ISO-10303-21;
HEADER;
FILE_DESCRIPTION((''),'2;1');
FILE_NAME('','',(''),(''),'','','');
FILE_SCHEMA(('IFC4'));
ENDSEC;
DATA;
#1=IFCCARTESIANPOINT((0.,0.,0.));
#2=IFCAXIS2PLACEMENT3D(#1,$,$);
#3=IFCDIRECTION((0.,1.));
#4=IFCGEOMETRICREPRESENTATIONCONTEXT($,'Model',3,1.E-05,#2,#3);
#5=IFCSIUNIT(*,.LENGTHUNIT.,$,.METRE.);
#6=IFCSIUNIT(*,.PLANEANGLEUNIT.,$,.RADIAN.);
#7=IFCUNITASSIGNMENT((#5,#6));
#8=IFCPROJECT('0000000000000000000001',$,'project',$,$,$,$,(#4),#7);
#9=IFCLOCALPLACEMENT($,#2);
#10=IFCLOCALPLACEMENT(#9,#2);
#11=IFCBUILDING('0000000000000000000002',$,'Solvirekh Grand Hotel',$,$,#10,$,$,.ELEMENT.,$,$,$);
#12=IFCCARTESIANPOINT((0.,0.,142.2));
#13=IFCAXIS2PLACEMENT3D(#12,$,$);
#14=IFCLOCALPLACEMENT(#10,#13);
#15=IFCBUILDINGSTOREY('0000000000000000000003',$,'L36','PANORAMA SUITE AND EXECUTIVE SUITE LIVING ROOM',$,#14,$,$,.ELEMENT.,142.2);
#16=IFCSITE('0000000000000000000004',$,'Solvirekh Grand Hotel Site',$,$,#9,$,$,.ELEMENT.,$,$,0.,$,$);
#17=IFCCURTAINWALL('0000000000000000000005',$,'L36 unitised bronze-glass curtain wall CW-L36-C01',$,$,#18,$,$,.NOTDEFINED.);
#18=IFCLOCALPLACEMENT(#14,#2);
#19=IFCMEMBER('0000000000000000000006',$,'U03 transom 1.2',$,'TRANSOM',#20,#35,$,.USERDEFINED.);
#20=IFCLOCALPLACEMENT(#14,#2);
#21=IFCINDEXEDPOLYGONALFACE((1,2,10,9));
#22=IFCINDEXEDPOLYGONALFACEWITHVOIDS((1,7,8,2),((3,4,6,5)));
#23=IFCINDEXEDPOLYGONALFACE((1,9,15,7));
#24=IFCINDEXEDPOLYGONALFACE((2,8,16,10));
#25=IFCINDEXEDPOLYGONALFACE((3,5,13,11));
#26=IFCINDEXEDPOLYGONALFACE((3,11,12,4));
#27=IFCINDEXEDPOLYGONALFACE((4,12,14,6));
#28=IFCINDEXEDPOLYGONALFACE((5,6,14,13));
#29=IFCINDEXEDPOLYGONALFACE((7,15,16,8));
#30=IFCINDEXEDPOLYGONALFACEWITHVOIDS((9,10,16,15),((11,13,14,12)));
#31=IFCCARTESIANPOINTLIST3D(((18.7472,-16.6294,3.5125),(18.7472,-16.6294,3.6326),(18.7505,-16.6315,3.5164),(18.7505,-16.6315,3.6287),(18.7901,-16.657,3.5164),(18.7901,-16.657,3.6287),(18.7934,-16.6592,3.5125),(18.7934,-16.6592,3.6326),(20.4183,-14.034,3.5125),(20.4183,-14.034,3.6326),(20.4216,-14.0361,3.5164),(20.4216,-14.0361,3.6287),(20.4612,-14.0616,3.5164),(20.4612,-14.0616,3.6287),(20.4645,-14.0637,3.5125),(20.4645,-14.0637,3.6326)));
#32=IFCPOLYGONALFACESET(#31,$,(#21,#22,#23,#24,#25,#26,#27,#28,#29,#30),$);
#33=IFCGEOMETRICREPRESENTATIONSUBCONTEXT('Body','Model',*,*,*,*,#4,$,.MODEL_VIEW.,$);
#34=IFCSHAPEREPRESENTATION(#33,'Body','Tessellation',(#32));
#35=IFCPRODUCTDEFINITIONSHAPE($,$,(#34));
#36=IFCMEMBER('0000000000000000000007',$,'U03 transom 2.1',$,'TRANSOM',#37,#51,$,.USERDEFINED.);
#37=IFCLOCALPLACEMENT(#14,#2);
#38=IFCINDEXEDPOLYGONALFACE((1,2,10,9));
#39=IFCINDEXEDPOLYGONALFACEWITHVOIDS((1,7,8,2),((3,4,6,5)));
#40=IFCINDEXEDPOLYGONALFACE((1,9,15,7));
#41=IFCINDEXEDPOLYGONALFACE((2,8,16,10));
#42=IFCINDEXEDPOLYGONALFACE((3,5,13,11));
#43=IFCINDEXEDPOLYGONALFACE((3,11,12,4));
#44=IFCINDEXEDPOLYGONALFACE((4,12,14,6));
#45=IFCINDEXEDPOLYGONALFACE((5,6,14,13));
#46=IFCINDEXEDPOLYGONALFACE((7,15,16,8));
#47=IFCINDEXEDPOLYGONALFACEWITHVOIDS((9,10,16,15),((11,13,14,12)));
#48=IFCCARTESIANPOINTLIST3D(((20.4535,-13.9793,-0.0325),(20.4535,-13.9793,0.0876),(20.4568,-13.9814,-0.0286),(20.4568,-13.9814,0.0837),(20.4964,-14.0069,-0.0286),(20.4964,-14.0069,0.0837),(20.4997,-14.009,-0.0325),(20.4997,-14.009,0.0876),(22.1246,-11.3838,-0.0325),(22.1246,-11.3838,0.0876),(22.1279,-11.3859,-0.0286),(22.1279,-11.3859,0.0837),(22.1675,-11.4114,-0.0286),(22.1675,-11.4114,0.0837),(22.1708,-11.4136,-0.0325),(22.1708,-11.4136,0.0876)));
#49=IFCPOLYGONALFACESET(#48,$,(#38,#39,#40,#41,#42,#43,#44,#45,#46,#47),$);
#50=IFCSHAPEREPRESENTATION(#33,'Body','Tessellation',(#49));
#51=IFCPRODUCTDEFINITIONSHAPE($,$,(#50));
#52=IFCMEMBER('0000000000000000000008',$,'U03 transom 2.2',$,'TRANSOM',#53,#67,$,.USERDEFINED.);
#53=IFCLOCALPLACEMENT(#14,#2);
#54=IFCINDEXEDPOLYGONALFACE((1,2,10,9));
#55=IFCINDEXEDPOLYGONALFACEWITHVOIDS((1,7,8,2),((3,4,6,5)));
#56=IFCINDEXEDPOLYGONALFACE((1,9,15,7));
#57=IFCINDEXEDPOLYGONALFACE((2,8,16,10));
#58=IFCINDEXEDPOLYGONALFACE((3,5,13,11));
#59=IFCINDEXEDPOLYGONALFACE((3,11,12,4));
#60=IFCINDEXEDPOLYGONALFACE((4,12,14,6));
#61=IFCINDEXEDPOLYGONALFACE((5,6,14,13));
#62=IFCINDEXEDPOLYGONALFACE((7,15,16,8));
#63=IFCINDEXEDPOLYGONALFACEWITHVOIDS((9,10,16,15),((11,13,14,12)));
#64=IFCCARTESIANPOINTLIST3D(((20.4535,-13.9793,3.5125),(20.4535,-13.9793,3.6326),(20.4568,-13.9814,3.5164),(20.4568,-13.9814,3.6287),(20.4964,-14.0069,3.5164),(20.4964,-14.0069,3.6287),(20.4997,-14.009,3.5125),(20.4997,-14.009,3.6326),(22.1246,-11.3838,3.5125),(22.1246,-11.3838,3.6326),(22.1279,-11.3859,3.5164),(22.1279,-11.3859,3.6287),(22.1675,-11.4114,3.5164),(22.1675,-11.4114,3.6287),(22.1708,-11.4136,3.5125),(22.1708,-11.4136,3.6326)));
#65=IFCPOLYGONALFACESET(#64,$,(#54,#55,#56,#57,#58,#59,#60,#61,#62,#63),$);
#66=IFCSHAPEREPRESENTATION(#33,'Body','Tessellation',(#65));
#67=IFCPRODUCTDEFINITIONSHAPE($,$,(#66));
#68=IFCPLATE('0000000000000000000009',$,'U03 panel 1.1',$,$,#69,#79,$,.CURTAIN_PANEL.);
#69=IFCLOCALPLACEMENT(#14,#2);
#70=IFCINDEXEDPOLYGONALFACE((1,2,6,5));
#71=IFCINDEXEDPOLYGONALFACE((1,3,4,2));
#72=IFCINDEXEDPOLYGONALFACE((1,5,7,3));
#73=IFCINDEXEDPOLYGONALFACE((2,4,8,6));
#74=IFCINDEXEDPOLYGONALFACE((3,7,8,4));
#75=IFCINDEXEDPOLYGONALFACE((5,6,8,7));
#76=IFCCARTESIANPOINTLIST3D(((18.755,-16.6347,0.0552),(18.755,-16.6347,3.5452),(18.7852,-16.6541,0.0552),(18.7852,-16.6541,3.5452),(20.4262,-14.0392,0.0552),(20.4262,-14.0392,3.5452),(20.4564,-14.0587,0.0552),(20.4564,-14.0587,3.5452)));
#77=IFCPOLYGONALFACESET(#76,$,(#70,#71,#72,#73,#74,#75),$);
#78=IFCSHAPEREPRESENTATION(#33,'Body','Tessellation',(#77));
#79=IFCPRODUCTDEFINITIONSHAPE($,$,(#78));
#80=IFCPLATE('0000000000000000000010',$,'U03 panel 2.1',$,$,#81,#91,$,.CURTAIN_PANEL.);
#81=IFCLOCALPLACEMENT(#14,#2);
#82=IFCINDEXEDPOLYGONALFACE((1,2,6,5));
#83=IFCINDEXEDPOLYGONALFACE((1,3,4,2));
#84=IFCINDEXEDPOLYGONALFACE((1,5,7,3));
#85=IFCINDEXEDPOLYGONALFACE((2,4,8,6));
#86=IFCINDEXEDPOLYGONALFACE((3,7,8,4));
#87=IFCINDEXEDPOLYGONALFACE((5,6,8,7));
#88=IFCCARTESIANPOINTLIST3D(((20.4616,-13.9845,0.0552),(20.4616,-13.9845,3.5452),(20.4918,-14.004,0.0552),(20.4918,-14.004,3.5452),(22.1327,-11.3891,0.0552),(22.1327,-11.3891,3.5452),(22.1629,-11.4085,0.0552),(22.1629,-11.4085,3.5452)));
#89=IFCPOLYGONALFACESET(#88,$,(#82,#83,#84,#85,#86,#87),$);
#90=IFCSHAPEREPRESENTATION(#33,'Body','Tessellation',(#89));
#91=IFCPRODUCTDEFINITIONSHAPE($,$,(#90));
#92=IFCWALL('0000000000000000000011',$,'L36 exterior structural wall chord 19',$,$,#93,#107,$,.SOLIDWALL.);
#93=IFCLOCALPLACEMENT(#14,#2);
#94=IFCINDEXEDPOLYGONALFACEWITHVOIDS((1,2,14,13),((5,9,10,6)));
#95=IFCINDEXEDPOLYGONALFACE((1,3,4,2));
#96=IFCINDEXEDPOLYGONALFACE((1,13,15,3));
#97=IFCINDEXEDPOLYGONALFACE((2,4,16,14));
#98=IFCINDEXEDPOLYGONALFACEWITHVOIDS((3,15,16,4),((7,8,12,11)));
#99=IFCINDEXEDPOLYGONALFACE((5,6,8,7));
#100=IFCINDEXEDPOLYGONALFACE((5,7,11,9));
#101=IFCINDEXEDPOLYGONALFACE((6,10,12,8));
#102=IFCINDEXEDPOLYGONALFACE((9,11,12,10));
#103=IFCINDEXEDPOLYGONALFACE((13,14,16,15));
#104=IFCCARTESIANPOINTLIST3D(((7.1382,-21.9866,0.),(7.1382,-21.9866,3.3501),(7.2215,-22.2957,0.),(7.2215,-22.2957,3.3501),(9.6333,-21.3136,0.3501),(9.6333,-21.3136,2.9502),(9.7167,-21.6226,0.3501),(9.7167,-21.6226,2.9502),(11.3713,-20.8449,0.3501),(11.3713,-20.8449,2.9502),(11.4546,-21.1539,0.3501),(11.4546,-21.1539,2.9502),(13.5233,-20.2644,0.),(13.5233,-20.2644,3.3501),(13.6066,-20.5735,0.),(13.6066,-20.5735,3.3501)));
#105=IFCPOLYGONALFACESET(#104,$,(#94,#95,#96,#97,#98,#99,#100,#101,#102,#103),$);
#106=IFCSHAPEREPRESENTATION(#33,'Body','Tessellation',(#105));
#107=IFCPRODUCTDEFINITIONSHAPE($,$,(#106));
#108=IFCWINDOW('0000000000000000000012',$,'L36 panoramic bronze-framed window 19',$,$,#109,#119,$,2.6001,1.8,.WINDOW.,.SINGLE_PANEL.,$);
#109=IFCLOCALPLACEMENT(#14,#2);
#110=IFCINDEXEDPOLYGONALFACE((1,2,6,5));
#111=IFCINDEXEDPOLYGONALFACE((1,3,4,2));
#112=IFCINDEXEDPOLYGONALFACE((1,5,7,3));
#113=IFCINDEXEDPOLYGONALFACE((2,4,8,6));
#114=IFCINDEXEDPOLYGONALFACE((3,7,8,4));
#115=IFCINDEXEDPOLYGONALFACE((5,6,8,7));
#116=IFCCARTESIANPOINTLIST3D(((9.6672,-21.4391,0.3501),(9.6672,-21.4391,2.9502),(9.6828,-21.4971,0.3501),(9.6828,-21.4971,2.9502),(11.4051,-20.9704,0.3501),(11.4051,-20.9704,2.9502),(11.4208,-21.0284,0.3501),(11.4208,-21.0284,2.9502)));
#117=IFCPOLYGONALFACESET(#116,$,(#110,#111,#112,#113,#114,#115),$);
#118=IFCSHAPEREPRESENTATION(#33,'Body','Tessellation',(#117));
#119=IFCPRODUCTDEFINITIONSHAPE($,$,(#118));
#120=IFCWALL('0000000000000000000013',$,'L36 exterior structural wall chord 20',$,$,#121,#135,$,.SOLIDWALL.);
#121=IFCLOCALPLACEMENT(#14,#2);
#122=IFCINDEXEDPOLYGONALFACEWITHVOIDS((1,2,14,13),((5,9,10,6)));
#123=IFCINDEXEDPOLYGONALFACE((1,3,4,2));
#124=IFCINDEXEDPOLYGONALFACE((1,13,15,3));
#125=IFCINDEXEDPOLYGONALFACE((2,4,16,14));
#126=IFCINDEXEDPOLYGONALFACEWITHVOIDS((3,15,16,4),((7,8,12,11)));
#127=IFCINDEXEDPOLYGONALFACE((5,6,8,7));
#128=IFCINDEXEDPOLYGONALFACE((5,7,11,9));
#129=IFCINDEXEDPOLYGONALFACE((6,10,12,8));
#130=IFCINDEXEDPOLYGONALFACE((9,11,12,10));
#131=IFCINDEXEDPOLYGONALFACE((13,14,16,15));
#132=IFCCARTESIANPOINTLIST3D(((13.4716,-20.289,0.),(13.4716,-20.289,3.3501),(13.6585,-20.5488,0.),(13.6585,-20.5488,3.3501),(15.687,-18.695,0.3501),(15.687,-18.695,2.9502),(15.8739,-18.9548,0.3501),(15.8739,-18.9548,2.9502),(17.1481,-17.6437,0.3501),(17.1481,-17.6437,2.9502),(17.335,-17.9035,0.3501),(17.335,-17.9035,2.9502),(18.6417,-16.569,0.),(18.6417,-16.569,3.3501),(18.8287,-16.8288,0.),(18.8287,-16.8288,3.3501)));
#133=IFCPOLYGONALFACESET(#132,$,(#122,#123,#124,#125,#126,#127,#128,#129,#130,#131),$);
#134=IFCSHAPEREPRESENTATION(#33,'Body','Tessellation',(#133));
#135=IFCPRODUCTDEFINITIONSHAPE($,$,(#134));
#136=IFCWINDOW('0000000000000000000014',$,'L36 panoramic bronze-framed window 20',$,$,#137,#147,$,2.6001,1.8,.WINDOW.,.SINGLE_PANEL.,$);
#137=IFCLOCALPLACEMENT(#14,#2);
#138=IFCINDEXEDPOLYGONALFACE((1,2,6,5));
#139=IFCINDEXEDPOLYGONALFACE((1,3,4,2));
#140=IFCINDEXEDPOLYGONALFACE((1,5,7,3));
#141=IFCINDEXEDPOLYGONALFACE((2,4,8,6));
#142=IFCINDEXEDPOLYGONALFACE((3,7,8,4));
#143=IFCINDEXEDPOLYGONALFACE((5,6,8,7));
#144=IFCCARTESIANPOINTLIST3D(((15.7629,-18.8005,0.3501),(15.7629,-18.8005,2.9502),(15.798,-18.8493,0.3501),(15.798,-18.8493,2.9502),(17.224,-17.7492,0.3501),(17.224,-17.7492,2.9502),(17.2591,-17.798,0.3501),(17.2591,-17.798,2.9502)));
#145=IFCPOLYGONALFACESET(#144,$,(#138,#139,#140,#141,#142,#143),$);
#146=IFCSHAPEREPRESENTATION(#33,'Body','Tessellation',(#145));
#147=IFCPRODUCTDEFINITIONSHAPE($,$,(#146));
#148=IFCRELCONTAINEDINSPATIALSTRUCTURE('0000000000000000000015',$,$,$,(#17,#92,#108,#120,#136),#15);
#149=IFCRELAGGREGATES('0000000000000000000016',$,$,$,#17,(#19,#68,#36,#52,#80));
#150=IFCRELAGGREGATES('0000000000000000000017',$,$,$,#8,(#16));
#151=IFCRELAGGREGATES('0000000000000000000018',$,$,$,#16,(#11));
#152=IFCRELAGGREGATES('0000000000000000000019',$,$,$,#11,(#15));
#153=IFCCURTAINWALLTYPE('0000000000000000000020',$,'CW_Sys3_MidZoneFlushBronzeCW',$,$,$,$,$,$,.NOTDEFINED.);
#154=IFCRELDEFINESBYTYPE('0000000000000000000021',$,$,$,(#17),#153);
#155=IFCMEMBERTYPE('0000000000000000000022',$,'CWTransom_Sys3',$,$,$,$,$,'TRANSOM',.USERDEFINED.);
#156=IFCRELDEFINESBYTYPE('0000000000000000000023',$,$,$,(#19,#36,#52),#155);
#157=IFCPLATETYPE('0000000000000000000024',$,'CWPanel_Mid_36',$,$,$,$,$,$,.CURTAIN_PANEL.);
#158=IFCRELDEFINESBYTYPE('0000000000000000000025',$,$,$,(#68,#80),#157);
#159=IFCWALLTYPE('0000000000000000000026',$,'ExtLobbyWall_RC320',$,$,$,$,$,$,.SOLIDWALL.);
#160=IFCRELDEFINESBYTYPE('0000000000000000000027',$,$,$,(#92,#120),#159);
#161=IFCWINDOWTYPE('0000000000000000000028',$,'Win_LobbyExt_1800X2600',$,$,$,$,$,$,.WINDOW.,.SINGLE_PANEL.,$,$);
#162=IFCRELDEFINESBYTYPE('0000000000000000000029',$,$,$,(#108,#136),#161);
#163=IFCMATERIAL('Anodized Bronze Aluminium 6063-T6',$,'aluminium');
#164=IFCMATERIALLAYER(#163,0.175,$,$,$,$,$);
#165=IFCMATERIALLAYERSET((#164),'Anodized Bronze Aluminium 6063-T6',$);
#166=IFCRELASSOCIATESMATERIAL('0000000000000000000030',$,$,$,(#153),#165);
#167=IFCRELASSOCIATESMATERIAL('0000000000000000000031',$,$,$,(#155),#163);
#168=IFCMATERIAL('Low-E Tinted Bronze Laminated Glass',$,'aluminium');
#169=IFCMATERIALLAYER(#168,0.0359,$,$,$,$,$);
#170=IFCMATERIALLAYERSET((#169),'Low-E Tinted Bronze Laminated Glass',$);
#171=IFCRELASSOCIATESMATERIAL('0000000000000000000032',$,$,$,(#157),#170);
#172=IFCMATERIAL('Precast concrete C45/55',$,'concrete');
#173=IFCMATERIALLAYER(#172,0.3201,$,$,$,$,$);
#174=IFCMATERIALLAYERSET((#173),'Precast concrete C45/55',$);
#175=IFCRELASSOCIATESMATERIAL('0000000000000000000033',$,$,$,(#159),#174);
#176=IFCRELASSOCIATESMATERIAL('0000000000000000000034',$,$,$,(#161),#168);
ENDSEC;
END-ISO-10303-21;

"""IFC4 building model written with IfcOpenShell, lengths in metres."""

from ifc_helpers import new_model, si_unit, direction, frame, frame_2d, origin, origin_2d, place, context, subcontext, project, spatial, rectangle, hollow_rectangle, extrude, source, transform, mapped, material, layer, layer_set, material_profile, profile_set, type_object, element, fill, aggregate, save


model = new_model("IFC4")

# Units and contexts
model_context = context("Model", 3, precision=1e-05, world=origin(), true_north=direction((0.0, 1.0)))
body_context = subcontext(model_context, "Body", "Model", "MODEL_VIEW")
ifc_project = project(units=[si_unit("LENGTHUNIT", "METRE"), si_unit("PLANEANGLEUNIT", "RADIAN")], contexts=[model_context])

# Site, building, storey
site_placement = place(None, origin())
site = spatial("IfcSite", under=ifc_project, at=site_placement, Name="Solvirekh Grand Hotel Site", CompositionType="ELEMENT", RefElevation=0.0)
building_placement = place(site_placement, origin())
building = spatial("IfcBuilding", under=site, at=building_placement, Name="Solvirekh Grand Hotel", CompositionType="ELEMENT")
storey_placement = place(building_placement, frame((0.0, 0.0, 142.2)))
storey = spatial("IfcBuildingStorey", under=building, at=storey_placement, Name="L36", Description="PANORAMA SUITE AND EXECUTIVE SUITE LIVING ROOM", CompositionType="ELEMENT", Elevation=142.2)

# Curtain wall
ifc_material_1 = material(Name="Anodized Bronze Aluminium 6063-T6", Category="aluminium")
ifc_layer_1 = layer(ifc_material_1, 0.175)
ifc_layer_set_1 = layer_set([ifc_layer_1], Name="Anodized Bronze Aluminium 6063-T6")
curtain_wall_type = type_object("IfcCurtainWallType", Name="CW_Sys3_MidZoneFlushBronzeCW", PredefinedType="NOTDEFINED", material=ifc_layer_set_1)
curtain_wall_1_placement = place(storey_placement, origin())
curtain_wall_1 = element("IfcCurtainWall", 1, at=curtain_wall_1_placement, inside=storey, type_object=curtain_wall_type, Name="L36 unitised bronze-glass curtain wall CW-L36-C01", PredefinedType="NOTDEFINED")

# Members
ifc_material_profile_1 = material_profile(ifc_material_1, hollow_rectangle(XDim=0.0549, YDim=0.1201, WallThickness=0.0039, at=origin_2d()), Name="ALU RHS 120X55X4")
ifc_profile_set_1 = profile_set([ifc_material_profile_1], Name="Anodized Bronze Aluminium 6063-T6")
member_type_1 = type_object("IfcMemberType", Name="CWTransom_Sys3", ElementType="TRANSOM", PredefinedType="USERDEFINED", material=ifc_profile_set_1)
shared_shape_1 = source(origin(), body_context, "Body", "SweptSolid", [
    extrude(hollow_rectangle(XDim=0.0549, YDim=0.1201, WallThickness=0.0039, at=origin_2d()), origin(), (0.0, 0.0, 1.0), 3.0869),
])
member_1_placement = place(storey_placement, frame((18.7703, -16.6443, 3.5725), z_axis=(0.541361, 0.84079, 0.0), x_axis=(-0.84079, 0.541361, 0.0)))
member_1 = element("IfcMember", 2, at=member_1_placement, type_object=member_type_1, Name="U03 transom 1.2", ObjectType="TRANSOM", PredefinedType="USERDEFINED", context=body_context, shape_type="MappedRepresentation", body=[
    mapped(shared_shape_1, transform((0.0, 0.0, 0.0), x_axis=(1.0, 0.0, 0.0), y_axis=(0.0, 1.0, 0.0), z_axis=(0.0, 0.0, 1.0), scale=1.0)),
])
member_2_placement = place(storey_placement, frame((20.4766, -13.9941, 0.0276), z_axis=(0.541361, 0.84079, 0.0), x_axis=(-0.84079, 0.541361, 0.0)))
member_2 = element("IfcMember", 3, at=member_2_placement, type_object=member_type_1, Name="U03 transom 2.1", ObjectType="TRANSOM", PredefinedType="USERDEFINED", context=body_context, shape_type="MappedRepresentation", body=[
    mapped(shared_shape_1, transform((0.0, 0.0, 0.0), x_axis=(1.0, 0.0, 0.0), y_axis=(0.0, 1.0, 0.0), z_axis=(0.0, 0.0, 1.0), scale=1.0)),
])
member_3_placement = place(storey_placement, frame((20.4766, -13.9941, 3.5725), z_axis=(0.541361, 0.84079, 0.0), x_axis=(-0.84079, 0.541361, 0.0)))
member_3 = element("IfcMember", 4, at=member_3_placement, type_object=member_type_1, Name="U03 transom 2.2", ObjectType="TRANSOM", PredefinedType="USERDEFINED", context=body_context, shape_type="MappedRepresentation", body=[
    mapped(shared_shape_1, transform((0.0, 0.0, 0.0), x_axis=(1.0, 0.0, 0.0), y_axis=(0.0, 1.0, 0.0), z_axis=(0.0, 0.0, 1.0), scale=1.0)),
])

# Plates
ifc_material_2 = material(Name="Low-E Tinted Bronze Laminated Glass", Category="aluminium")
ifc_layer_2 = layer(ifc_material_2, 0.0359)
ifc_layer_set_2 = layer_set([ifc_layer_2], Name="Low-E Tinted Bronze Laminated Glass")
plate_type = type_object("IfcPlateType", Name="CWPanel_Mid_36", PredefinedType="CURTAIN_PANEL", material=ifc_layer_set_2)
shared_shape_2 = source(origin(), body_context, "Body", "SweptSolid", [
    extrude(rectangle(XDim=3.0869, YDim=0.0359, at=origin_2d()), origin(), (0.0, 0.0, 1.0), 3.49),
])
plate_1_placement = place(storey_placement, frame((19.6057, -15.3467, 0.0552), z_axis=(0.0, 0.0, 1.0), x_axis=(0.541368, 0.840785, 0.0)))
plate_1 = element("IfcPlate", 5, at=plate_1_placement, type_object=plate_type, Name="U03 panel 1.1", PredefinedType="CURTAIN_PANEL", context=body_context, shape_type="MappedRepresentation", body=[
    mapped(shared_shape_2, transform((0.0, 0.0, 0.0), x_axis=(1.0, 0.0, 0.0), y_axis=(0.0, 1.0, 0.0), z_axis=(0.0, 0.0, 1.0), scale=1.0)),
])
plate_2_placement = place(storey_placement, frame((21.3123, -12.6965, 0.0552), z_axis=(0.0, 0.0, 1.0), x_axis=(0.541368, 0.840785, 0.0)))
plate_2 = element("IfcPlate", 6, at=plate_2_placement, type_object=plate_type, Name="U03 panel 2.1", PredefinedType="CURTAIN_PANEL", context=body_context, shape_type="MappedRepresentation", body=[
    mapped(shared_shape_2, transform((0.0, 0.0, 0.0), x_axis=(1.0, 0.0, 0.0), y_axis=(0.0, 1.0, 0.0), z_axis=(0.0, 0.0, 1.0), scale=1.0)),
])
aggregate(curtain_wall_1, [member_1, plate_1, member_2, member_3, plate_2])

# Walls, openings, windows
ifc_material_3 = material(Name="Precast concrete C45/55", Category="concrete")
ifc_layer_3 = layer(ifc_material_3, 0.3201)
ifc_layer_set_3 = layer_set([ifc_layer_3], Name="Precast concrete C45/55")
wall_type_1 = type_object("IfcWallType", Name="ExtLobbyWall_RC320", PredefinedType="SOLIDWALL", material=ifc_layer_set_3)
wall_1_placement = place(storey_placement, frame((13.5649, -20.4189, 0.0), z_axis=(0.0, 0.0, 1.0), x_axis=(-0.965497, -0.260414, 0.0)))
wall_1 = element("IfcWall", 7, at=wall_1_placement, inside=storey, type_object=wall_type_1, Name="L36 exterior structural wall chord 19", PredefinedType="SOLIDWALL", context=body_context, shape_type="SweptSolid", body=[
    extrude(rectangle(XDim=6.6133, YDim=0.3201, at=frame_2d((3.3066, 0.0))), origin(), (0.0, 0.0, 1.0), 3.3501),
])
opening_1_placement = place(wall_1_placement, frame((2.229, 0.0, 0.3501)))
opening_1 = element("IfcOpeningElement", 8, at=opening_1_placement, cuts=wall_1, PredefinedType="OPENING", context=body_context, shape_type="SweptSolid", body=[
    extrude(rectangle(XDim=1.8, YDim=2.6001, at=frame_2d((0.8999, 1.3))), frame((0.0, 0.1699, 0.0), z_axis=(0.0, -1.0, 0.0), x_axis=(1.0, 0.0, 0.0)), (0.0, 0.0, 1.0), 0.3401),
])
window_type = type_object("IfcWindowType", Name="Win_LobbyExt_1800X2600", PartitioningType="SINGLE_PANEL", PredefinedType="WINDOW", material=ifc_material_2)
window_1_placement = place(opening_1_placement, origin())
window_1 = element("IfcWindow", 9, at=window_1_placement, inside=storey, type_object=window_type, Name="L36 panoramic bronze-framed window 19", OverallHeight=2.6001, OverallWidth=1.8, PartitioningType="SINGLE_PANEL", PredefinedType="WINDOW", context=body_context, shape_type="SweptSolid", body=[
    extrude(rectangle(XDim=1.8, YDim=2.6001, at=frame_2d((0.8999, 1.3))), frame((0.0, 0.03, 0.0), z_axis=(0.0, -1.0, 0.0), x_axis=(1.0, 0.0, 0.0)), (0.0, 0.0, 1.0), 0.0601),
])
fill(opening_1, window_1)
wall_2_placement = place(storey_placement, frame((18.7351, -16.699, 0.0), z_axis=(0.0, 0.0, 1.0), x_axis=(-0.811724, -0.584041, 0.0)))
wall_2 = element("IfcWall", 10, at=wall_2_placement, inside=storey, type_object=wall_type_1, Name="L36 exterior structural wall chord 20", PredefinedType="SOLIDWALL", context=body_context, shape_type="SweptSolid", body=[
    extrude(rectangle(XDim=6.3694, YDim=0.3201, at=frame_2d((3.1846, 0.0))), origin(), (0.0, 0.0, 1.0), 3.3501),
])
opening_2_placement = place(wall_2_placement, frame((1.8401, 0.0, 0.3501)))
opening_2 = element("IfcOpeningElement", 11, at=opening_2_placement, cuts=wall_2, PredefinedType="OPENING", context=body_context, shape_type="SweptSolid", body=[
    extrude(rectangle(XDim=1.8, YDim=2.6001, at=frame_2d((0.8999, 1.3))), frame((0.0, 0.1699, 0.0), z_axis=(0.0, -1.0, 0.0), x_axis=(1.0, 0.0, 0.0)), (0.0, 0.0, 1.0), 0.3401),
])
window_2_placement = place(opening_2_placement, origin())
window_2 = element("IfcWindow", 12, at=window_2_placement, inside=storey, type_object=window_type, Name="L36 panoramic bronze-framed window 20", OverallHeight=2.6001, OverallWidth=1.8, PartitioningType="SINGLE_PANEL", PredefinedType="WINDOW", context=body_context, shape_type="SweptSolid", body=[
    extrude(rectangle(XDim=1.8, YDim=2.6001, at=frame_2d((0.8999, 1.3))), frame((0.0, 0.03, 0.0), z_axis=(0.0, -1.0, 0.0), x_axis=(1.0, 0.0, 0.0)), (0.0, 0.0, 1.0), 0.0601),
])
fill(opening_2, window_2)

save(model, "model.ifc")
